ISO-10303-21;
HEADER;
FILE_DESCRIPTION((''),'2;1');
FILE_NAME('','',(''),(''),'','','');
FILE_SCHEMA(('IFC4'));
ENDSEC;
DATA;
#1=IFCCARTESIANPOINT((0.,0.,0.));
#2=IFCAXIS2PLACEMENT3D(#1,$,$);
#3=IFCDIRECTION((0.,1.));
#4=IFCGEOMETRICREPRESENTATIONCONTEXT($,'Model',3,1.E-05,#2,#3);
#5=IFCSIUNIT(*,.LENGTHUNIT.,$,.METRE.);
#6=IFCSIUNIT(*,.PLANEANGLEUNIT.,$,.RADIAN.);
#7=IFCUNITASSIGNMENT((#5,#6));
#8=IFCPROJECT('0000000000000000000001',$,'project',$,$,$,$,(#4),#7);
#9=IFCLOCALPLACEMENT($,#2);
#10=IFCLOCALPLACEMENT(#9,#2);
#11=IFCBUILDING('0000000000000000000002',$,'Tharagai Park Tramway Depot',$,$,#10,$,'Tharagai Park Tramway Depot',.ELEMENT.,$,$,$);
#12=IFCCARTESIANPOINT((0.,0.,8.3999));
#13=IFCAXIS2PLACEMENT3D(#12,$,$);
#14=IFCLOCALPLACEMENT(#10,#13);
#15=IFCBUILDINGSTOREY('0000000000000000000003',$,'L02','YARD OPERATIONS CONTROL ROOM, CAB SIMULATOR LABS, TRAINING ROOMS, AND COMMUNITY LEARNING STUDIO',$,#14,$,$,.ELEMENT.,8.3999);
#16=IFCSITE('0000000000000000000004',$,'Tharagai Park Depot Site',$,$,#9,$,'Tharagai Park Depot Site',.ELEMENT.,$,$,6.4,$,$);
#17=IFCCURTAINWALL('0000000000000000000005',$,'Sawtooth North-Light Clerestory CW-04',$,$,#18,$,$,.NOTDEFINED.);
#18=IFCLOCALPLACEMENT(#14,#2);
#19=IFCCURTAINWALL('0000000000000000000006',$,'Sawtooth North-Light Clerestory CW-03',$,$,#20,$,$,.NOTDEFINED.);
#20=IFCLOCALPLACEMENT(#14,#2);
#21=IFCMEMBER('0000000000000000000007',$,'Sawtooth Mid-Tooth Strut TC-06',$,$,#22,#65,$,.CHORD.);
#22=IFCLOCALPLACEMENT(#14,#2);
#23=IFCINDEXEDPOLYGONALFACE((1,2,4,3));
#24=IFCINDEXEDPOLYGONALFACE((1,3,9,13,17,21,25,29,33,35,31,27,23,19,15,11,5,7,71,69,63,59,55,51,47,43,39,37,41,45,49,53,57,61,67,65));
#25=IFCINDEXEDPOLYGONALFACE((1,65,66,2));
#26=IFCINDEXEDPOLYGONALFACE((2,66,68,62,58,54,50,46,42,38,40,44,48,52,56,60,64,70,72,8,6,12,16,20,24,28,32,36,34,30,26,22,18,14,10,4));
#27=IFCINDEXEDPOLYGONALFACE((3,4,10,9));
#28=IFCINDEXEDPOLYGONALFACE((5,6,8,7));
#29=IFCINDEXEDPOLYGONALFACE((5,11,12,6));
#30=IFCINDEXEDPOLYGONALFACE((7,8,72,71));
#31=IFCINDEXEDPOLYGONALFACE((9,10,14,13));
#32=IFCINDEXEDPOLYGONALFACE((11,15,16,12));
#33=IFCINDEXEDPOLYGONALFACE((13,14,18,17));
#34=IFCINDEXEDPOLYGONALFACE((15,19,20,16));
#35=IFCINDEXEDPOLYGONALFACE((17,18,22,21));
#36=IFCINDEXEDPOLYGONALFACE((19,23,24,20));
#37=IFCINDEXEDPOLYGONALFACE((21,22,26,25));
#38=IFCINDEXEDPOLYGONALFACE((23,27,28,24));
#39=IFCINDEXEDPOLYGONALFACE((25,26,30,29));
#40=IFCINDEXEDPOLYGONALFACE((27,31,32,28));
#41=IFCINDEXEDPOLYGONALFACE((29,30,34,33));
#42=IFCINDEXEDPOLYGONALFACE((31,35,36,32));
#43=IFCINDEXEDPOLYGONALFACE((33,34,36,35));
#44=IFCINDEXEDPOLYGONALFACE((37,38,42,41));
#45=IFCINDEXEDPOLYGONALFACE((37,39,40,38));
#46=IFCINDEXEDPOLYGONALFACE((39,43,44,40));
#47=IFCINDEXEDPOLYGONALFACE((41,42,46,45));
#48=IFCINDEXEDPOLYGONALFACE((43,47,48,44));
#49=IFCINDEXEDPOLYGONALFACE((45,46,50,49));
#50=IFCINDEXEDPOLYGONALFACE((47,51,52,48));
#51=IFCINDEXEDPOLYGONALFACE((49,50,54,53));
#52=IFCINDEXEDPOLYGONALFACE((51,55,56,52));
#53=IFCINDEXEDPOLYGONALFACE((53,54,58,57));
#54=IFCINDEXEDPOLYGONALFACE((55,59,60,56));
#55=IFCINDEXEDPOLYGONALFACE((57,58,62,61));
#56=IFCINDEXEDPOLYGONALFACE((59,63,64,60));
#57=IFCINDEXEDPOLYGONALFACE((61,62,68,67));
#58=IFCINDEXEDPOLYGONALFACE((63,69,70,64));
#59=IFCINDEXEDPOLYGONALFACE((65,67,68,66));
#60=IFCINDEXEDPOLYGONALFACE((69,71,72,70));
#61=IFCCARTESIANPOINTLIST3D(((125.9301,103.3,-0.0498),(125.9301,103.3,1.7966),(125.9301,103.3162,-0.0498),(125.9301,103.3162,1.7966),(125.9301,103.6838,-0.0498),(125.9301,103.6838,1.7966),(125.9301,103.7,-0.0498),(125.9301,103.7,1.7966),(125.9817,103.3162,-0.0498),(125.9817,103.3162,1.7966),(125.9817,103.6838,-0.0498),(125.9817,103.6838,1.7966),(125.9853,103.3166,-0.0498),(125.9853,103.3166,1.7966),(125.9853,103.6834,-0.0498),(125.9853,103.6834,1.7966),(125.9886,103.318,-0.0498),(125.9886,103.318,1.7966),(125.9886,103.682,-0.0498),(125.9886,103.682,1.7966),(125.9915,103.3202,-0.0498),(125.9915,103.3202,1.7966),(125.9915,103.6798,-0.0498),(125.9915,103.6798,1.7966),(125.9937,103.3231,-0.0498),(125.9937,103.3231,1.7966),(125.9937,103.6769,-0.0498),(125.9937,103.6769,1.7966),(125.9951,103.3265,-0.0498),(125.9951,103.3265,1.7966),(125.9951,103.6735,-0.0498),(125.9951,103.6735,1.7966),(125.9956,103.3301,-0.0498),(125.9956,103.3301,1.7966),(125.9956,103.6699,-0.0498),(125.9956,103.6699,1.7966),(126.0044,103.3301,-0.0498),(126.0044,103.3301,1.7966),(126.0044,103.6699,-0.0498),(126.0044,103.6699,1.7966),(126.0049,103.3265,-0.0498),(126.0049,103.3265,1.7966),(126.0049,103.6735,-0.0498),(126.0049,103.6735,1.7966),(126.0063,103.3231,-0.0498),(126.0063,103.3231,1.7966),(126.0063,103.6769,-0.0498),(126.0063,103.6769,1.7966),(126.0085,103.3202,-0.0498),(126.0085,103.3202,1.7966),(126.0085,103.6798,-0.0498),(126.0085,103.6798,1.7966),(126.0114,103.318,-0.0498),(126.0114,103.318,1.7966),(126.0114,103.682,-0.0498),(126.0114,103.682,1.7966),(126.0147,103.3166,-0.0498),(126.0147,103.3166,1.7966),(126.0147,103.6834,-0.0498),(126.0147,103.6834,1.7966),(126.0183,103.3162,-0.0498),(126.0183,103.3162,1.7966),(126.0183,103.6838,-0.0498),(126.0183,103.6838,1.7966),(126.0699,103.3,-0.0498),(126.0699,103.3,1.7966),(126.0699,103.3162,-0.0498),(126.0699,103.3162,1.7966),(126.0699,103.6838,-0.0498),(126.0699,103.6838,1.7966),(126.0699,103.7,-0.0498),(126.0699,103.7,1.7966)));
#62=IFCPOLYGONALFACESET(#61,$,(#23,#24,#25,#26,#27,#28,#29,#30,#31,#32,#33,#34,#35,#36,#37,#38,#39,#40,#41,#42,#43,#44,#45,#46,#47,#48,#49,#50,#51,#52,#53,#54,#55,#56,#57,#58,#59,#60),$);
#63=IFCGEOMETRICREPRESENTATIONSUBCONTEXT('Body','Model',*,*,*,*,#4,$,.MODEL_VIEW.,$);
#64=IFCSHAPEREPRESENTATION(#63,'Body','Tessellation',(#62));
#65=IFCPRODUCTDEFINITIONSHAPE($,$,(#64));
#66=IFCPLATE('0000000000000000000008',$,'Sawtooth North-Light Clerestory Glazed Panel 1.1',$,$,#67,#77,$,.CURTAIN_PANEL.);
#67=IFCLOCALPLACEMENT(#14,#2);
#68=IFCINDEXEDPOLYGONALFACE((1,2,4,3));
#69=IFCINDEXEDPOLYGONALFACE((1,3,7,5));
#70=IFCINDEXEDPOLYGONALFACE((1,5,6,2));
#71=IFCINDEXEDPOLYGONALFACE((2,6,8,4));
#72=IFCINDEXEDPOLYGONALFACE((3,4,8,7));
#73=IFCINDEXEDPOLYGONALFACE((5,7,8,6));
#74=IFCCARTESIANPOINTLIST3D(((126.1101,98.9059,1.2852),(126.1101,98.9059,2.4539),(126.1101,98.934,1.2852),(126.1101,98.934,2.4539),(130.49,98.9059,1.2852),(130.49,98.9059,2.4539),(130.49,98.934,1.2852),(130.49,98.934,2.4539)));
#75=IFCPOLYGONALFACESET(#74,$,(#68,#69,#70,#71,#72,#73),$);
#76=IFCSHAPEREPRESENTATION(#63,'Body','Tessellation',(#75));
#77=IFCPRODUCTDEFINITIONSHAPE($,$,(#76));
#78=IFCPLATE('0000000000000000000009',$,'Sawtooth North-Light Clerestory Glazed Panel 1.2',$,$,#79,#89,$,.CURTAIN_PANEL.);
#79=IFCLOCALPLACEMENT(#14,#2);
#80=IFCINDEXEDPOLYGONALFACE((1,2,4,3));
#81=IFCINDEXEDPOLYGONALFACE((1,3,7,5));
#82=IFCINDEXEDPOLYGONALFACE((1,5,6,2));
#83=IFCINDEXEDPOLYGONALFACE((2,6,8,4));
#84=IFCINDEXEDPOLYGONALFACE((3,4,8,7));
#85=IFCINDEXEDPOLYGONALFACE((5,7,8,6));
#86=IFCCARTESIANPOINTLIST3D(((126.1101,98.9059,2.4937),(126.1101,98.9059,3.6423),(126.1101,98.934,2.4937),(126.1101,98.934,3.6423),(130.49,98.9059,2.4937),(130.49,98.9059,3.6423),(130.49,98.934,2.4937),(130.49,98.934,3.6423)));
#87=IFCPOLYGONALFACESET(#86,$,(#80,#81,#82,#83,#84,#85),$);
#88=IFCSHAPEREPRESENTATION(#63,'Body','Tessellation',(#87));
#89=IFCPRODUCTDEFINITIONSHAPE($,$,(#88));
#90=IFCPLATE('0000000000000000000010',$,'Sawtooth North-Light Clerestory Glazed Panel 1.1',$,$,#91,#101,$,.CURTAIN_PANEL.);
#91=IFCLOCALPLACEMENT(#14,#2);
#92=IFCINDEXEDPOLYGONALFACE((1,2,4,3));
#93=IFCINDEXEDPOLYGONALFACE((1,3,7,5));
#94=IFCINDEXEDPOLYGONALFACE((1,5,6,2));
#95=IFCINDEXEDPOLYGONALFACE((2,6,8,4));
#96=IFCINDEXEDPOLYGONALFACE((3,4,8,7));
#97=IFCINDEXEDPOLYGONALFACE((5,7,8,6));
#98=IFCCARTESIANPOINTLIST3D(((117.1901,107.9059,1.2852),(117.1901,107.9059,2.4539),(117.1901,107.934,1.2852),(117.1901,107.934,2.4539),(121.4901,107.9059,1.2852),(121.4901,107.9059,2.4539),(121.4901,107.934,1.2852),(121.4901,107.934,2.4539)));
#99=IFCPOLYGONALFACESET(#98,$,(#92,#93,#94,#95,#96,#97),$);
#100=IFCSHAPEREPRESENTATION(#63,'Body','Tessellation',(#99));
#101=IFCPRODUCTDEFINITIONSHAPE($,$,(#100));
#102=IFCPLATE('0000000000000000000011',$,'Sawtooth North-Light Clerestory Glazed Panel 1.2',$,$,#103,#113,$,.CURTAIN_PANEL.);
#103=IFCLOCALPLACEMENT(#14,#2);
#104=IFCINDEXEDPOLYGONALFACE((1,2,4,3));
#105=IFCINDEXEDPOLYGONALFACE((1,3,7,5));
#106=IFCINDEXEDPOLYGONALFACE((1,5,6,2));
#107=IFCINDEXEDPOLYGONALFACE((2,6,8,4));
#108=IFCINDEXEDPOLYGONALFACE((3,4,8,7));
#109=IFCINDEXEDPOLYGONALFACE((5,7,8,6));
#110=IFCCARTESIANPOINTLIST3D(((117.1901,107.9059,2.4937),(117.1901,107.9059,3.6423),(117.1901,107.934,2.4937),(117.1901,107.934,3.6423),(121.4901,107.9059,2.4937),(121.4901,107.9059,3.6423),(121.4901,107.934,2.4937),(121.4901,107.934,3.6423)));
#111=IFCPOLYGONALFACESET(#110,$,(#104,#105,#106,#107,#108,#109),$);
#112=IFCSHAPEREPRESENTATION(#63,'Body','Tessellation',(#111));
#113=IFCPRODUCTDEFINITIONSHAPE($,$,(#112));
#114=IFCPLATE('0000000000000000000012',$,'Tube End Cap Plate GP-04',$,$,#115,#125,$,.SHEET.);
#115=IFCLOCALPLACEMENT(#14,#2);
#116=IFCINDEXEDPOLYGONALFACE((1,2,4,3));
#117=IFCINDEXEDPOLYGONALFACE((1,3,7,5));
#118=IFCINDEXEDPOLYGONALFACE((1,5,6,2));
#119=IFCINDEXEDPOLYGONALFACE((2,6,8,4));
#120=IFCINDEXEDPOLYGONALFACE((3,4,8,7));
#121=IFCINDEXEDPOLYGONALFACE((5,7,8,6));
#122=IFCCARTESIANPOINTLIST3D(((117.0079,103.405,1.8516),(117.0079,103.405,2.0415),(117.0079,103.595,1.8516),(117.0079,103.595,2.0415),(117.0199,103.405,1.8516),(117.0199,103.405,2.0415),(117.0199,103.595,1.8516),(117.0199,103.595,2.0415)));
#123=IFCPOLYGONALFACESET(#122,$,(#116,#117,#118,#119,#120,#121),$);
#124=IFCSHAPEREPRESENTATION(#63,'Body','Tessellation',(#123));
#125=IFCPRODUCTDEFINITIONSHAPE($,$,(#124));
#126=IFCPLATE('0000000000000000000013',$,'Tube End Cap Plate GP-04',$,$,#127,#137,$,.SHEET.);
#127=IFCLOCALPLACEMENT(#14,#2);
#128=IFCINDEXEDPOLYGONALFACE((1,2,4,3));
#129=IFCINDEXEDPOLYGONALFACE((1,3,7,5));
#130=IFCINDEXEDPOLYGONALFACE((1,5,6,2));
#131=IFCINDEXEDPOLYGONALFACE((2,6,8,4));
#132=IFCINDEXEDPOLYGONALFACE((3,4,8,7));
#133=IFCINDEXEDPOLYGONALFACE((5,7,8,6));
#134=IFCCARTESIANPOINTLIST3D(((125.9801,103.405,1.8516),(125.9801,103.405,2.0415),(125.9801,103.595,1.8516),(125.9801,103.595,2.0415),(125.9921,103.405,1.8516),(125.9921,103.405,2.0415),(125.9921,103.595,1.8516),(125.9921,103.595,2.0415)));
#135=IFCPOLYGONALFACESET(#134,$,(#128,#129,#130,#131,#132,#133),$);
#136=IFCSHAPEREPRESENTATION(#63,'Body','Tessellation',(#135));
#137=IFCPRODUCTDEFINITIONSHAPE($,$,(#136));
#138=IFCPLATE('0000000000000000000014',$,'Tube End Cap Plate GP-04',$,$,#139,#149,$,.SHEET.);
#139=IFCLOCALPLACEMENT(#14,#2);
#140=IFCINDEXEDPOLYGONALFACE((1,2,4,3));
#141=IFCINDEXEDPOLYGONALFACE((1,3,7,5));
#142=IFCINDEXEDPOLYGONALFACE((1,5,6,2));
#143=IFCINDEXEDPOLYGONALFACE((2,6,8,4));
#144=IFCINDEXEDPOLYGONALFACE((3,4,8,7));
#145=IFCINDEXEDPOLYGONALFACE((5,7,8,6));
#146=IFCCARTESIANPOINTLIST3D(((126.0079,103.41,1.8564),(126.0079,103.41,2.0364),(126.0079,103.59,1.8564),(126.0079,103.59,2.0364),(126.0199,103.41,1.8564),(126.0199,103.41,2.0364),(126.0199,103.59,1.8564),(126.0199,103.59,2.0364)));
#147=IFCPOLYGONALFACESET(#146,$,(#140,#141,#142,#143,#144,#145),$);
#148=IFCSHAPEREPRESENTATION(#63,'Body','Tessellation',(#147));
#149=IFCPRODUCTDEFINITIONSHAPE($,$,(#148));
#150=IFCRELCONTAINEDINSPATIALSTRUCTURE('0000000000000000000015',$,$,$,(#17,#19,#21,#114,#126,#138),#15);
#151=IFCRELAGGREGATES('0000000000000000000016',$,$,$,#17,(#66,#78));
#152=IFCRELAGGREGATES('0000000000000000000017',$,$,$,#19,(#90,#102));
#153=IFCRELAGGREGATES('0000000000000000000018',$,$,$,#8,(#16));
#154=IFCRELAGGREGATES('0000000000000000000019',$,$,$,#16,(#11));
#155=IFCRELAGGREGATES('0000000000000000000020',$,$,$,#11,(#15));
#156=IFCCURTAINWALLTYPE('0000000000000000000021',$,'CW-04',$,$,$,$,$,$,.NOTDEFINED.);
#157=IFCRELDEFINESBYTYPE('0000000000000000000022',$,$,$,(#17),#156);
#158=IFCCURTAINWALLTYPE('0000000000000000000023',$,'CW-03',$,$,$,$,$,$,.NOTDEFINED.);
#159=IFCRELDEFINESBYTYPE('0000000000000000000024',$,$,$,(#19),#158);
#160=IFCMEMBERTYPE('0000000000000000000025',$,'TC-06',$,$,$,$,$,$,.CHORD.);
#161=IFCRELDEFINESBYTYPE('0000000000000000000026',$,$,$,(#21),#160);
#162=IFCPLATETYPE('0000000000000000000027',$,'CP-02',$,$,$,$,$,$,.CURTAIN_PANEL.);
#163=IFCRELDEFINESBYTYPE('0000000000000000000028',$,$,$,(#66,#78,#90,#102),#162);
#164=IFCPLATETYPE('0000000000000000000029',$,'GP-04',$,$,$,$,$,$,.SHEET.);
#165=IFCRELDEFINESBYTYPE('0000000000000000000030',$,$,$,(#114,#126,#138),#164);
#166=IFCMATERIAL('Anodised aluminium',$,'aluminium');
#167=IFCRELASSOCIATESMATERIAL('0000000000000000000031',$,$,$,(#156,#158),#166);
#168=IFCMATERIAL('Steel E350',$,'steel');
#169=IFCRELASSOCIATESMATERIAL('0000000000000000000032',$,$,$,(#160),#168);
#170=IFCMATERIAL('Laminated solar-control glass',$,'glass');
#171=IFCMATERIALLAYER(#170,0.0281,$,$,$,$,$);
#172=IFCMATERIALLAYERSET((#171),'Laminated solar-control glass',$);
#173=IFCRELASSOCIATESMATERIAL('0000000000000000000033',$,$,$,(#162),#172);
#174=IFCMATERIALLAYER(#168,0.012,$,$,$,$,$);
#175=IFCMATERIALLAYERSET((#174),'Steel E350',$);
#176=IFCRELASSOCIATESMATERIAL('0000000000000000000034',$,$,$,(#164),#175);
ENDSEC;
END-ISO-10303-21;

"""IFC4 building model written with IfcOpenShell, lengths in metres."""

from ifc_helpers import new_model, si_unit, direction, frame, origin, origin_2d, place, context, subcontext, project, spatial, rectangle, i_section, extrude, material, layer, layer_set, material_profile, profile_set, type_object, element, aggregate, save


model = new_model("IFC4")

# Units and contexts
model_context = context("Model", 3, precision=1e-05, world=origin(), true_north=direction((0.0, 1.0)))
body_context = subcontext(model_context, "Body", "Model", "MODEL_VIEW")
ifc_project = project(units=[si_unit("LENGTHUNIT", "METRE"), si_unit("PLANEANGLEUNIT", "RADIAN")], contexts=[model_context])

# Site, building, storey
site_placement = place(None, origin())
site = spatial("IfcSite", under=ifc_project, at=site_placement, Name="Tharagai Park Depot Site", LongName="Tharagai Park Depot Site", CompositionType="ELEMENT", RefElevation=6.4)
building_placement = place(site_placement, origin())
building = spatial("IfcBuilding", under=site, at=building_placement, Name="Tharagai Park Tramway Depot", LongName="Tharagai Park Tramway Depot", CompositionType="ELEMENT")
storey_placement = place(building_placement, frame((0.0, 0.0, 8.3999)))
storey = spatial("IfcBuildingStorey", under=building, at=storey_placement, Name="L02", Description="YARD OPERATIONS CONTROL ROOM, CAB SIMULATOR LABS, TRAINING ROOMS, AND COMMUNITY LEARNING STUDIO", CompositionType="ELEMENT", Elevation=8.3999)

# Shared definitions
ifc_material_1 = material(Name="Steel E350", Category="steel")

# Curtain walls
ifc_material_2 = material(Name="Anodised aluminium", Category="aluminium")
curtain_wall_type_1 = type_object("IfcCurtainWallType", Name="CW-04", PredefinedType="NOTDEFINED", material=ifc_material_2)
curtain_wall_1_placement = place(storey_placement, origin())
curtain_wall_1 = element("IfcCurtainWall", 1, at=curtain_wall_1_placement, inside=storey, type_object=curtain_wall_type_1, Name="Sawtooth North-Light Clerestory CW-04", PredefinedType="NOTDEFINED")
curtain_wall_type_2 = type_object("IfcCurtainWallType", Name="CW-03", PredefinedType="NOTDEFINED", material=ifc_material_2)
curtain_wall_2_placement = place(storey_placement, origin())
curtain_wall_2 = element("IfcCurtainWall", 2, at=curtain_wall_2_placement, inside=storey, type_object=curtain_wall_type_2, Name="Sawtooth North-Light Clerestory CW-03", PredefinedType="NOTDEFINED")

# Member
ifc_material_profile_1 = material_profile(ifc_material_1, i_section(OverallWidth=0.1399, OverallDepth=0.3999, WebThickness=0.0088, FlangeThickness=0.0161, FilletRadius=0.0139, at=origin_2d()), Name="ISMB 400")
ifc_profile_set_1 = profile_set([ifc_material_profile_1], Name="Steel E350")
member_type_1 = type_object("IfcMemberType", Name="TC-06", PredefinedType="CHORD", material=ifc_profile_set_1)
member_1_placement = place(storey_placement, frame((126.0, 103.5, -0.0498), z_axis=(0.0, 0.0, 1.0), x_axis=(1.0, 0.0, 0.0)))
element("IfcMember", 3, at=member_1_placement, inside=storey, type_object=member_type_1, Name="Sawtooth Mid-Tooth Strut TC-06", PredefinedType="CHORD", context=body_context, shape_type="SweptSolid", body=[
    extrude(i_section(OverallWidth=0.1399, OverallDepth=0.3999, WebThickness=0.0088, FlangeThickness=0.0161, FilletRadius=0.0139, at=origin_2d()), origin(), (0.0, 0.0, 1.0), 1.8464),
])

# Plates
ifc_material_3 = material(Name="Laminated solar-control glass", Category="glass")
ifc_layer_1 = layer(ifc_material_3, 0.0281)
ifc_layer_set_1 = layer_set([ifc_layer_1], Name="Laminated solar-control glass")
plate_type_1 = type_object("IfcPlateType", Name="CP-02", PredefinedType="CURTAIN_PANEL", material=ifc_layer_set_1)
plate_1_placement = place(storey_placement, frame((128.3, 98.9199, 1.2852), z_axis=(0.0, 0.0, 1.0), x_axis=(1.0, 0.0, 0.0)))
plate_1 = element("IfcPlate", 4, at=plate_1_placement, type_object=plate_type_1, Name="Sawtooth North-Light Clerestory Glazed Panel 1.1", PredefinedType="CURTAIN_PANEL", context=body_context, shape_type="SweptSolid", body=[
    extrude(rectangle(XDim=4.3799, YDim=0.0281, at=origin_2d()), origin(), (0.0, 0.0, 1.0), 1.1687),
])
plate_2_placement = place(storey_placement, frame((128.3, 98.9199, 2.4937), z_axis=(0.0, 0.0, 1.0), x_axis=(1.0, 0.0, 0.0)))
plate_2 = element("IfcPlate", 5, at=plate_2_placement, type_object=plate_type_1, Name="Sawtooth North-Light Clerestory Glazed Panel 1.2", PredefinedType="CURTAIN_PANEL", context=body_context, shape_type="SweptSolid", body=[
    extrude(rectangle(XDim=4.3799, YDim=0.0281, at=origin_2d()), origin(), (0.0, 0.0, 1.0), 1.1487),
])
aggregate(curtain_wall_1, [plate_1, plate_2])
plate_3_placement = place(storey_placement, frame((119.3401, 107.9199, 1.2852), z_axis=(0.0, 0.0, 1.0), x_axis=(1.0, 0.0, 0.0)))
plate_3 = element("IfcPlate", 6, at=plate_3_placement, type_object=plate_type_1, Name="Sawtooth North-Light Clerestory Glazed Panel 1.1", PredefinedType="CURTAIN_PANEL", context=body_context, shape_type="SweptSolid", body=[
    extrude(rectangle(XDim=4.3, YDim=0.0281, at=origin_2d()), origin(), (0.0, 0.0, 1.0), 1.1687),
])
plate_4_placement = place(storey_placement, frame((119.3401, 107.9199, 2.4937), z_axis=(0.0, 0.0, 1.0), x_axis=(1.0, 0.0, 0.0)))
plate_4 = element("IfcPlate", 7, at=plate_4_placement, type_object=plate_type_1, Name="Sawtooth North-Light Clerestory Glazed Panel 1.2", PredefinedType="CURTAIN_PANEL", context=body_context, shape_type="SweptSolid", body=[
    extrude(rectangle(XDim=4.3, YDim=0.0281, at=origin_2d()), origin(), (0.0, 0.0, 1.0), 1.1487),
])
aggregate(curtain_wall_2, [plate_3, plate_4])

# Plates
ifc_layer_2 = layer(ifc_material_1, 0.012)
ifc_layer_set_2 = layer_set([ifc_layer_2], Name="Steel E350")
plate_type_2 = type_object("IfcPlateType", Name="GP-04", PredefinedType="SHEET", material=ifc_layer_set_2)
for number, where, z_axis, x_axis, name in (
    (8, (117.0139, 103.5, 1.8516), (0.0, 0.0, 1.0), (1.0, 0.0, 0.0), "Tube End Cap Plate GP-04"),
    (9, (125.9861, 103.5, 1.8516), (0.0, 0.0, 1.0), (1.0, 0.0, 0.0), "Tube End Cap Plate GP-04"),
):
    element("IfcPlate", number, at=place(storey_placement, frame(where, z_axis=z_axis, x_axis=x_axis)), inside=storey, type_object=plate_type_2, Name=name, PredefinedType="SHEET", context=body_context, shape_type="SweptSolid", body=[
        extrude(rectangle(XDim=0.012, YDim=0.1899, at=origin_2d()), origin(), (0.0, 0.0, 1.0), 0.1899),
    ])
plate_5_placement = place(storey_placement, frame((126.0139, 103.5, 1.8564), z_axis=(0.0, 0.0, 1.0), x_axis=(1.0, 0.0, 0.0)))
element("IfcPlate", 10, at=plate_5_placement, inside=storey, type_object=plate_type_2, Name="Tube End Cap Plate GP-04", PredefinedType="SHEET", context=body_context, shape_type="SweptSolid", body=[
    extrude(rectangle(XDim=0.012, YDim=0.1799, at=origin_2d()), origin(), (0.0, 0.0, 1.0), 0.1799),
])

save(model, "model.ifc")
